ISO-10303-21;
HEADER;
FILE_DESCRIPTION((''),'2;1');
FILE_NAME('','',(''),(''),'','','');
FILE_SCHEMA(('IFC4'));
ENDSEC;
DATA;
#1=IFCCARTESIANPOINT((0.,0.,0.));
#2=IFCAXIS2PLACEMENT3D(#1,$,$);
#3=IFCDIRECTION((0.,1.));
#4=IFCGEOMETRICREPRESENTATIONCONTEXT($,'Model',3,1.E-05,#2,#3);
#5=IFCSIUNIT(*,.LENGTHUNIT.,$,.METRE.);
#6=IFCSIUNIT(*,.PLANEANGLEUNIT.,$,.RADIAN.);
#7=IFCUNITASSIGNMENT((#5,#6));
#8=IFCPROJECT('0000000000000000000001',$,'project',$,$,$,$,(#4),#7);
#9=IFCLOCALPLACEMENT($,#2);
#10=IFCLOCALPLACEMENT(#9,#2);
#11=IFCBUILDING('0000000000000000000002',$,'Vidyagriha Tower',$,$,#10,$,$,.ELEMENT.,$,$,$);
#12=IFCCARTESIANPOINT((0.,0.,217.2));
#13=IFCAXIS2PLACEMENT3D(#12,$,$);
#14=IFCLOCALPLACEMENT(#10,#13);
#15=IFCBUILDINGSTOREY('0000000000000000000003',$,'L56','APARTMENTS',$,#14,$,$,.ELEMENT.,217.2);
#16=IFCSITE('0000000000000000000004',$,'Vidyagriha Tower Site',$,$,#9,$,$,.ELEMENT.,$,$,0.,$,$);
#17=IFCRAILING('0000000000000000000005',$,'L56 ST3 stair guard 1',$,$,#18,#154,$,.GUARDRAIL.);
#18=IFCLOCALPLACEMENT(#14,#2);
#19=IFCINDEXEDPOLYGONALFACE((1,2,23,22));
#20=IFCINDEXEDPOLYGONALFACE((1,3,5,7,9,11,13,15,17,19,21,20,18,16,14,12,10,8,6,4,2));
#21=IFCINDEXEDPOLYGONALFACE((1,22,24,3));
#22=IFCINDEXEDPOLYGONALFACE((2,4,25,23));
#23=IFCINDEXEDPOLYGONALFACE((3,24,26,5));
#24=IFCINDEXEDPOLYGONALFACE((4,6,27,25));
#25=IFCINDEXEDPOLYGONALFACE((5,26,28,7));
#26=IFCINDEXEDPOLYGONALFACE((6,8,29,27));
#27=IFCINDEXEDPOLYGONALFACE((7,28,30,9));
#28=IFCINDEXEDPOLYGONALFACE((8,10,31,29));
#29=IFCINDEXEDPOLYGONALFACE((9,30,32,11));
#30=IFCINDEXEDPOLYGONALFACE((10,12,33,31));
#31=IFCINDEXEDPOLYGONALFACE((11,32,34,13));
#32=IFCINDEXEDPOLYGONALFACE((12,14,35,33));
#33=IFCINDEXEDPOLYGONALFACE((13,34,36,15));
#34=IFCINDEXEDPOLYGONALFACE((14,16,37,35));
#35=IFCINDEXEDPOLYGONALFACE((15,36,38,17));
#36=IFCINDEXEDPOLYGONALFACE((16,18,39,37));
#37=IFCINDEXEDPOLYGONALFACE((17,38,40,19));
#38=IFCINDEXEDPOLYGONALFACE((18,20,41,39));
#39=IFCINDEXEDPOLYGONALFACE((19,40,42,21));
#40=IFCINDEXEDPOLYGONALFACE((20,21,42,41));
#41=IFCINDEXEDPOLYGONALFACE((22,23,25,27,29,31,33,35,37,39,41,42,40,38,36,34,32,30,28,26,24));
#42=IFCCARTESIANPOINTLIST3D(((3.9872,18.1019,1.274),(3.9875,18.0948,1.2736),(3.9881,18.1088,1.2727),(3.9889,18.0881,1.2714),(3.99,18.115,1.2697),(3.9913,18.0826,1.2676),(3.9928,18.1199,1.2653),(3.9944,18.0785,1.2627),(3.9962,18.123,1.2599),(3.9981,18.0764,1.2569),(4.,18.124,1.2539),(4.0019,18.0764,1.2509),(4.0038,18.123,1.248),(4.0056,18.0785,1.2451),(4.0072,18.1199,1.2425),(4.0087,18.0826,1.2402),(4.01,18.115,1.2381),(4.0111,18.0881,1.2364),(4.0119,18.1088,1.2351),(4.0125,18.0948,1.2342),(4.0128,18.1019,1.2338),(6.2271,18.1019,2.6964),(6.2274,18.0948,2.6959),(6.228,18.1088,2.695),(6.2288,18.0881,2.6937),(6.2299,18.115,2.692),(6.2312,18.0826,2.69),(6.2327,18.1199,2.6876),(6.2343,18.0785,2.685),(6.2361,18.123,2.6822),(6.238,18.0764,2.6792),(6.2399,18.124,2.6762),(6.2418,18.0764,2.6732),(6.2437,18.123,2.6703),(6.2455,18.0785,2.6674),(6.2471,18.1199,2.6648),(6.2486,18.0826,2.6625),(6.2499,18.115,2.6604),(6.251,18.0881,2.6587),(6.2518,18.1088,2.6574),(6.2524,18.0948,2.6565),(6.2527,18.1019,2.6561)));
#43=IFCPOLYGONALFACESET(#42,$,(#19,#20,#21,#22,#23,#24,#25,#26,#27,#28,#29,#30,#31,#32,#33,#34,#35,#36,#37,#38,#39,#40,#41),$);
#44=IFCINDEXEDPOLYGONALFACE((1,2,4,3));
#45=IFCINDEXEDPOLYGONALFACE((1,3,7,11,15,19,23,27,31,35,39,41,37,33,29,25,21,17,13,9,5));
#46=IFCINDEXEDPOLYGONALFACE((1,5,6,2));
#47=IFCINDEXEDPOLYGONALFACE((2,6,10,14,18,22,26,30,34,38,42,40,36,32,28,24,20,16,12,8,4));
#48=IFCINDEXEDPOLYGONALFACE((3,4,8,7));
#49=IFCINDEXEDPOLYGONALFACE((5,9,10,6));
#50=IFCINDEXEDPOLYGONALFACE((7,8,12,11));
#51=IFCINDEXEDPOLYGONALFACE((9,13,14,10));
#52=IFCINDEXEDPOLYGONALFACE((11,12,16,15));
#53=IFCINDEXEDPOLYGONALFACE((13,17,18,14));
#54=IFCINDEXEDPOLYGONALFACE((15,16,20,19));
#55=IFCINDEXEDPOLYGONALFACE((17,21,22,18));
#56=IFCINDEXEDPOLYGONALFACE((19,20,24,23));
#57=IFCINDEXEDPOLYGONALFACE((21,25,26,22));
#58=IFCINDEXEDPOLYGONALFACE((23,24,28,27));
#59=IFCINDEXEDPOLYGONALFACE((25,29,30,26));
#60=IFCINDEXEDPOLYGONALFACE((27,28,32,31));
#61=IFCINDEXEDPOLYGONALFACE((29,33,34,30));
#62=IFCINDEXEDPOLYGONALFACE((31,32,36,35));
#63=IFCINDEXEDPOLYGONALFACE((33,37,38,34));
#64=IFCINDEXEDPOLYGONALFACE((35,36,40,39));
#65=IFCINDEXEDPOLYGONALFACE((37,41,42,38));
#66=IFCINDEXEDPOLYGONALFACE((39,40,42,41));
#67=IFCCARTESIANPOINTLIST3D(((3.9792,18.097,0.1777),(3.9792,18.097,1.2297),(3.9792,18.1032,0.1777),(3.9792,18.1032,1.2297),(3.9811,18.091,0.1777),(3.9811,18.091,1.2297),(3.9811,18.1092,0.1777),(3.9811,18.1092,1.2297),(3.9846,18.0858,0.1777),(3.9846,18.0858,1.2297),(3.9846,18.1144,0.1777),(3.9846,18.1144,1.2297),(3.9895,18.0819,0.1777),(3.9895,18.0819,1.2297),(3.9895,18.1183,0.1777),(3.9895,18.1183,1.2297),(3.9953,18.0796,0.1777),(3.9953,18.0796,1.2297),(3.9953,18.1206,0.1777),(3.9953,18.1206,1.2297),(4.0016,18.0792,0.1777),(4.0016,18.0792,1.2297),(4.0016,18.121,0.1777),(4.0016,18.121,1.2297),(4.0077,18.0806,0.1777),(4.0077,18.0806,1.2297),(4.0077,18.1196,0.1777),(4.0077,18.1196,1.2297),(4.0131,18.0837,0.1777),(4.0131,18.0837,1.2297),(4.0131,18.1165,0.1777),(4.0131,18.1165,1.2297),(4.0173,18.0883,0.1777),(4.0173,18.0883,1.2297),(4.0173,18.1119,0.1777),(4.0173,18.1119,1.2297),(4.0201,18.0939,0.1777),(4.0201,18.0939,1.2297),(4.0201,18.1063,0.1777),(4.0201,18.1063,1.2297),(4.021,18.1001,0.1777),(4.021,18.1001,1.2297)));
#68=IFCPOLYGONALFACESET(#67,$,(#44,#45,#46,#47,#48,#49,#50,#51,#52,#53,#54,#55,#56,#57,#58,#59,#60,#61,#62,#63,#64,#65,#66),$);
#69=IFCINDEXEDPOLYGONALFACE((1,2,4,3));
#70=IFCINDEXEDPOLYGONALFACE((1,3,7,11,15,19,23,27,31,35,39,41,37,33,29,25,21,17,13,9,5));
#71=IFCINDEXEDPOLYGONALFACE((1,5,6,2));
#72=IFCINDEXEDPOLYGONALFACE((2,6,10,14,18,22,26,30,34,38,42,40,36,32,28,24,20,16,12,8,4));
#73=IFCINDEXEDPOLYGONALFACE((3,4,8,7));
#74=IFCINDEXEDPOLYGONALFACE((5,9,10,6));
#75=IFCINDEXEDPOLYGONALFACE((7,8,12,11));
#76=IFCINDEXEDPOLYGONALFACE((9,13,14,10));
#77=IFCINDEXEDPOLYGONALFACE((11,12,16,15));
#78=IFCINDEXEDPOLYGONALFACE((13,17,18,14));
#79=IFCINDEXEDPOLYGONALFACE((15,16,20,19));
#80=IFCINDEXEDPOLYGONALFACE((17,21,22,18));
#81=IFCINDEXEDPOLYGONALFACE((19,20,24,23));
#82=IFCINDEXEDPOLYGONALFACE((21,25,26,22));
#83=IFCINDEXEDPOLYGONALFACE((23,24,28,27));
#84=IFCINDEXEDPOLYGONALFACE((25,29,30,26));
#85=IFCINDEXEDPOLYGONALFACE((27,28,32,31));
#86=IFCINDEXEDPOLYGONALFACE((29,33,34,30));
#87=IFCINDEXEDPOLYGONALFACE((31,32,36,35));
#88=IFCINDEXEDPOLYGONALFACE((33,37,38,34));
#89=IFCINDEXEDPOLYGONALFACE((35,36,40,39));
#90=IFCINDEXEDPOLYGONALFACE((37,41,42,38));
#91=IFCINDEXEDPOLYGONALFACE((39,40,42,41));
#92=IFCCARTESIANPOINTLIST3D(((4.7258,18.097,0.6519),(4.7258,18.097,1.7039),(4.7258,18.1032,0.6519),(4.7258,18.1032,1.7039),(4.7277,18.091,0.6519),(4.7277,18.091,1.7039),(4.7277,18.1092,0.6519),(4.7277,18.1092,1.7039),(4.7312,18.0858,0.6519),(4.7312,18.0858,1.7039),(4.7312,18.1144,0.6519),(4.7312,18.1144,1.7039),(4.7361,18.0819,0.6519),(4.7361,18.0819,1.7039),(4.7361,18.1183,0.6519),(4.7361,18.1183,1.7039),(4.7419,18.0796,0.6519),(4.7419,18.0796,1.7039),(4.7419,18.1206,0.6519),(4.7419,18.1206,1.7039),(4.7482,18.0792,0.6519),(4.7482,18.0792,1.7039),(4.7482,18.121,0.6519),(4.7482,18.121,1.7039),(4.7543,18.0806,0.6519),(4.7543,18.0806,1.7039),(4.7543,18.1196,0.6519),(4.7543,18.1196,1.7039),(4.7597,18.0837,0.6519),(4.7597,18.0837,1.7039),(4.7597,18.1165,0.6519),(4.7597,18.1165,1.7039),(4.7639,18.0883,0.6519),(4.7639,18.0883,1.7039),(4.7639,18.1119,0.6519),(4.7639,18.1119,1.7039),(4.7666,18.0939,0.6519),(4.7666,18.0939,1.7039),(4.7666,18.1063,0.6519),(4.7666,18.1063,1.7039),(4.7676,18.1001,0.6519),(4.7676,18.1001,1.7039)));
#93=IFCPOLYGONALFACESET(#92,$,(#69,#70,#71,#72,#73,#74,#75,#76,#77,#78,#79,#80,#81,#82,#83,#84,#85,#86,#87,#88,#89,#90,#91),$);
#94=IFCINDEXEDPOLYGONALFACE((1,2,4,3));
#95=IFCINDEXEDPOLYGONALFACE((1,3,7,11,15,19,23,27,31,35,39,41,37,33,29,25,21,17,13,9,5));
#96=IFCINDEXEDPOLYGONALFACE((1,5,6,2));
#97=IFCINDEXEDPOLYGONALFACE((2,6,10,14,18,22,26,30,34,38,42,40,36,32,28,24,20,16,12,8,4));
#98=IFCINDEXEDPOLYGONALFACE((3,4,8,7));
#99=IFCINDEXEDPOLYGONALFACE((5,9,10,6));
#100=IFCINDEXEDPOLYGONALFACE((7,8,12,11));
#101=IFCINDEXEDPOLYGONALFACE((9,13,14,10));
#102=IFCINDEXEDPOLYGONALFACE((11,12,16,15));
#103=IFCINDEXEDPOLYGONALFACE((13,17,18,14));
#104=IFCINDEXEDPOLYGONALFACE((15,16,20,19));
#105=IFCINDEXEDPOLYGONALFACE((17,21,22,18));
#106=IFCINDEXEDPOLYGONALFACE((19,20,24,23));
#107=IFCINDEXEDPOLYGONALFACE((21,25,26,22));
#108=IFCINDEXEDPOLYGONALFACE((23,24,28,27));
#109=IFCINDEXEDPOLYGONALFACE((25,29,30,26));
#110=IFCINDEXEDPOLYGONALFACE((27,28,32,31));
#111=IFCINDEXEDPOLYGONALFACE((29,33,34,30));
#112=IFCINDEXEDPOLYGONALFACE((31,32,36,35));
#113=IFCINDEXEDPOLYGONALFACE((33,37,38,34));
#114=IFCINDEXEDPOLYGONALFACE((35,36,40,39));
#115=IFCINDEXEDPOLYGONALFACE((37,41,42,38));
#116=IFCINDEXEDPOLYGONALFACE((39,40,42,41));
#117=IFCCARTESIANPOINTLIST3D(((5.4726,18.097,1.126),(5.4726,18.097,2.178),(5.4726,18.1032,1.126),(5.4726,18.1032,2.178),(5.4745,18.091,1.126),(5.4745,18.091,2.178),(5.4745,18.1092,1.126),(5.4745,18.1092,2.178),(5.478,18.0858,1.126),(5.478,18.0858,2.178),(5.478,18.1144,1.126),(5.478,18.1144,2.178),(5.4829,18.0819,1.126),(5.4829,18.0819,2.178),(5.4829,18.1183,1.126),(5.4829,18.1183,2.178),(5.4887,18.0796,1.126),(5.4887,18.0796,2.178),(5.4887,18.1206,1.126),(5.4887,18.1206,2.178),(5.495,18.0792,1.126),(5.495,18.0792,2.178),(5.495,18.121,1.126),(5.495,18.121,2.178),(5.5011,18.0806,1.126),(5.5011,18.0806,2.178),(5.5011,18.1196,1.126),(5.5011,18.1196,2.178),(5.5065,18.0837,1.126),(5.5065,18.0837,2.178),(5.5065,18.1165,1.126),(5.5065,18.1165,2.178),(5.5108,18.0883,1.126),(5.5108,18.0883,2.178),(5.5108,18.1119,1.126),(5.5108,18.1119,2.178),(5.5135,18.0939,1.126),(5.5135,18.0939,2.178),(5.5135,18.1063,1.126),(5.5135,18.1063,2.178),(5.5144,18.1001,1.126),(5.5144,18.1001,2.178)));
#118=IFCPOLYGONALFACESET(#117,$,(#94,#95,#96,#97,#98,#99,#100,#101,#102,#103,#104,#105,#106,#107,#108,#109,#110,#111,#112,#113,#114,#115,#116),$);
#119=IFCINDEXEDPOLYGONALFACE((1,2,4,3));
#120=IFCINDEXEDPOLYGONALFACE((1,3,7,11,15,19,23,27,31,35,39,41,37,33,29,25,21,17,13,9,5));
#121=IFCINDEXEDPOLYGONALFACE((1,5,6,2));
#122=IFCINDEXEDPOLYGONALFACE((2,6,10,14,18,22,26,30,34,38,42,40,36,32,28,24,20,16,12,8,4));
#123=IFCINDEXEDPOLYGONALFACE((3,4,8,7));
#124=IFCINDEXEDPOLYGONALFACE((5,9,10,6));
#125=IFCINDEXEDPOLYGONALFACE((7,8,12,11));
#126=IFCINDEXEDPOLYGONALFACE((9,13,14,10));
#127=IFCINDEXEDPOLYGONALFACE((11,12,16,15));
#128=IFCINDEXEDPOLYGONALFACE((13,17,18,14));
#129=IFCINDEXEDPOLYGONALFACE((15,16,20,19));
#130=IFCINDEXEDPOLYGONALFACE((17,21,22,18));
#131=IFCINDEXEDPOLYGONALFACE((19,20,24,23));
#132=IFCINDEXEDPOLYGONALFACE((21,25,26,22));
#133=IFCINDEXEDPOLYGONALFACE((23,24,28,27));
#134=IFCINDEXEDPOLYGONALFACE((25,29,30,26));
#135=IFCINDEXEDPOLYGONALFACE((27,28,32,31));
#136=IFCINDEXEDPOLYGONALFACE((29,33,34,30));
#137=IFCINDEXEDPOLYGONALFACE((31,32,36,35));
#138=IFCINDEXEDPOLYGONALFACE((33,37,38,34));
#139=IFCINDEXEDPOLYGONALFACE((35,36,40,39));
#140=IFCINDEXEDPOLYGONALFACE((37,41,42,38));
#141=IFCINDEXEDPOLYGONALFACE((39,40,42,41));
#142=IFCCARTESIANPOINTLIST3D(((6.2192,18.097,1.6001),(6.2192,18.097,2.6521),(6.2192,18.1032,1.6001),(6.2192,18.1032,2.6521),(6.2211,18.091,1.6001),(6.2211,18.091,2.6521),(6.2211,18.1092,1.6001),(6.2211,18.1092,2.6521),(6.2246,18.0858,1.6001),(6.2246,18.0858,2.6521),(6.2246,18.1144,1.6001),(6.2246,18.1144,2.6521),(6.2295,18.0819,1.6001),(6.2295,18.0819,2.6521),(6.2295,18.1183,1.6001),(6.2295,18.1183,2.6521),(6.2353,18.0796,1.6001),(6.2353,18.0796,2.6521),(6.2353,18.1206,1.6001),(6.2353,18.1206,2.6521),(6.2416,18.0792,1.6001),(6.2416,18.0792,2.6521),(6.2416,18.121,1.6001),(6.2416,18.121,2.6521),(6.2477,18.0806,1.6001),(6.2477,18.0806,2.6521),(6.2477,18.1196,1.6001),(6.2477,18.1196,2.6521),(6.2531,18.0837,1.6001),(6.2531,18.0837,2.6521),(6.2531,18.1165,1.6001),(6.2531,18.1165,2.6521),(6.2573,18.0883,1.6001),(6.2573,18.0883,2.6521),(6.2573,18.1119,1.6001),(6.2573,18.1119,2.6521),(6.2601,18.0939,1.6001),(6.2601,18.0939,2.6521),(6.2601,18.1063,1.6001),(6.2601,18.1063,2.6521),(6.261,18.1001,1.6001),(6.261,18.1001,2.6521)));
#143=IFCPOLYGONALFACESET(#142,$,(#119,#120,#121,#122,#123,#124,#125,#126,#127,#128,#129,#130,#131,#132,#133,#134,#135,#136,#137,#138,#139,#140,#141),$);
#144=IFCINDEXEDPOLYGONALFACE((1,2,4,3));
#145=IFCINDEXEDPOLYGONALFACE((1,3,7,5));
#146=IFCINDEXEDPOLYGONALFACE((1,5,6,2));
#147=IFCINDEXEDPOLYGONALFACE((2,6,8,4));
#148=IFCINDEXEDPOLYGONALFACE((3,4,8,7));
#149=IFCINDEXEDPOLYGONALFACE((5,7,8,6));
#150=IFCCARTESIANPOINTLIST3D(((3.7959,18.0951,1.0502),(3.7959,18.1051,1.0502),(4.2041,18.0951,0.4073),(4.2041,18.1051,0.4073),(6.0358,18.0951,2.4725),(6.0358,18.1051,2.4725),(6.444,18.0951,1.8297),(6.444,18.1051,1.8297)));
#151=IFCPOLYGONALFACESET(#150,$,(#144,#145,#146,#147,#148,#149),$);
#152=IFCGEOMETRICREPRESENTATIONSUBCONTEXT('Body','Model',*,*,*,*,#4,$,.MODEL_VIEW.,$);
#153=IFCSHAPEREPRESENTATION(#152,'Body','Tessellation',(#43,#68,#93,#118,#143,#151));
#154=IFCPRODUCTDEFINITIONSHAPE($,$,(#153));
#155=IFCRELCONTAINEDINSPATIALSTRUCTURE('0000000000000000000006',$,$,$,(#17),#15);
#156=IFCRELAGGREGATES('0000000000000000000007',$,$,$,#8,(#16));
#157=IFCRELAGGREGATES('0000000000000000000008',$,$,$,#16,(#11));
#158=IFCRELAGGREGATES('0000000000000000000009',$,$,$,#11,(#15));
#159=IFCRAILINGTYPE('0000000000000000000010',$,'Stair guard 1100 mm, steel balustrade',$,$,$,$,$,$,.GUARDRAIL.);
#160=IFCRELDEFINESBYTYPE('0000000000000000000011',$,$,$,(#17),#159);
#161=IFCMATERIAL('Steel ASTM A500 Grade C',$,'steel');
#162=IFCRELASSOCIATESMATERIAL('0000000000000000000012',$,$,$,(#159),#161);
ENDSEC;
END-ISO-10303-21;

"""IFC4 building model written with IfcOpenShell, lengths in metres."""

from ifc_helpers import new_model, si_unit, direction, frame, origin, origin_2d, place, context, subcontext, project, spatial, rectangle, circle, extrude, material, type_object, element, save


model = new_model("IFC4")

# Units and contexts
model_context = context("Model", 3, precision=1e-05, world=origin(), true_north=direction((0.0, 1.0)))
body_context = subcontext(model_context, "Body", "Model", "MODEL_VIEW")
ifc_project = project(units=[si_unit("LENGTHUNIT", "METRE"), si_unit("PLANEANGLEUNIT", "RADIAN")], contexts=[model_context])

# Site, building, storey
site_placement = place(None, origin())
site = spatial("IfcSite", under=ifc_project, at=site_placement, Name="Vidyagriha Tower Site", CompositionType="ELEMENT", RefElevation=0.0)
building_placement = place(site_placement, origin())
building = spatial("IfcBuilding", under=site, at=building_placement, Name="Vidyagriha Tower", CompositionType="ELEMENT")
storey_placement = place(building_placement, frame((0.0, 0.0, 217.2)))
storey = spatial("IfcBuildingStorey", under=building, at=storey_placement, Name="L56", Description="APARTMENTS", CompositionType="ELEMENT", Elevation=217.2)

# Railing
ifc_material_1 = material(Name="Steel ASTM A500 Grade C", Category="steel")
railing_type_1 = type_object("IfcRailingType", Name="Stair guard 1100 mm, steel balustrade", PredefinedType="GUARDRAIL", material=ifc_material_1)
railing_1_placement = place(storey_placement, frame((4.0, 18.1001, 0.1777)))
element("IfcRailing", 1, at=railing_1_placement, inside=storey, type_object=railing_type_1, Name="L56 ST3 stair guard 1", PredefinedType="GUARDRAIL", context=body_context, shape_type="SweptSolid", body=[
    extrude(circle(Radius=0.0239, at=origin_2d()), frame((0.0, 0.0, 1.0762), z_axis=(0.844188, 0.0, 0.536048), x_axis=(0.0, 1.0, 0.0)), (0.0, 0.0, 1.0), 2.6533),
    extrude(circle(Radius=0.021, at=origin_2d()), origin(), (0.0, 0.0, 1.0), 1.052),
    extrude(circle(Radius=0.021, at=origin_2d()), frame((0.7466, 0.0, 0.4741)), (0.0, 0.0, 1.0), 1.052),
    extrude(circle(Radius=0.021, at=origin_2d()), frame((1.4934, 0.0, 0.9482)), (0.0, 0.0, 1.0), 1.052),
    extrude(circle(Radius=0.021, at=origin_2d()), frame((2.24, 0.0, 1.4224)), (0.0, 0.0, 1.0), 1.052),
    extrude(rectangle(XDim=0.01, YDim=0.7615, at=origin_2d()), frame((0.0, 0.0, 0.551), z_axis=(0.844188, 0.0, 0.536048), x_axis=(0.0, 1.0, 0.0)), (0.0, 0.0, 1.0), 2.6533),
])

save(model, "model.ifc")
